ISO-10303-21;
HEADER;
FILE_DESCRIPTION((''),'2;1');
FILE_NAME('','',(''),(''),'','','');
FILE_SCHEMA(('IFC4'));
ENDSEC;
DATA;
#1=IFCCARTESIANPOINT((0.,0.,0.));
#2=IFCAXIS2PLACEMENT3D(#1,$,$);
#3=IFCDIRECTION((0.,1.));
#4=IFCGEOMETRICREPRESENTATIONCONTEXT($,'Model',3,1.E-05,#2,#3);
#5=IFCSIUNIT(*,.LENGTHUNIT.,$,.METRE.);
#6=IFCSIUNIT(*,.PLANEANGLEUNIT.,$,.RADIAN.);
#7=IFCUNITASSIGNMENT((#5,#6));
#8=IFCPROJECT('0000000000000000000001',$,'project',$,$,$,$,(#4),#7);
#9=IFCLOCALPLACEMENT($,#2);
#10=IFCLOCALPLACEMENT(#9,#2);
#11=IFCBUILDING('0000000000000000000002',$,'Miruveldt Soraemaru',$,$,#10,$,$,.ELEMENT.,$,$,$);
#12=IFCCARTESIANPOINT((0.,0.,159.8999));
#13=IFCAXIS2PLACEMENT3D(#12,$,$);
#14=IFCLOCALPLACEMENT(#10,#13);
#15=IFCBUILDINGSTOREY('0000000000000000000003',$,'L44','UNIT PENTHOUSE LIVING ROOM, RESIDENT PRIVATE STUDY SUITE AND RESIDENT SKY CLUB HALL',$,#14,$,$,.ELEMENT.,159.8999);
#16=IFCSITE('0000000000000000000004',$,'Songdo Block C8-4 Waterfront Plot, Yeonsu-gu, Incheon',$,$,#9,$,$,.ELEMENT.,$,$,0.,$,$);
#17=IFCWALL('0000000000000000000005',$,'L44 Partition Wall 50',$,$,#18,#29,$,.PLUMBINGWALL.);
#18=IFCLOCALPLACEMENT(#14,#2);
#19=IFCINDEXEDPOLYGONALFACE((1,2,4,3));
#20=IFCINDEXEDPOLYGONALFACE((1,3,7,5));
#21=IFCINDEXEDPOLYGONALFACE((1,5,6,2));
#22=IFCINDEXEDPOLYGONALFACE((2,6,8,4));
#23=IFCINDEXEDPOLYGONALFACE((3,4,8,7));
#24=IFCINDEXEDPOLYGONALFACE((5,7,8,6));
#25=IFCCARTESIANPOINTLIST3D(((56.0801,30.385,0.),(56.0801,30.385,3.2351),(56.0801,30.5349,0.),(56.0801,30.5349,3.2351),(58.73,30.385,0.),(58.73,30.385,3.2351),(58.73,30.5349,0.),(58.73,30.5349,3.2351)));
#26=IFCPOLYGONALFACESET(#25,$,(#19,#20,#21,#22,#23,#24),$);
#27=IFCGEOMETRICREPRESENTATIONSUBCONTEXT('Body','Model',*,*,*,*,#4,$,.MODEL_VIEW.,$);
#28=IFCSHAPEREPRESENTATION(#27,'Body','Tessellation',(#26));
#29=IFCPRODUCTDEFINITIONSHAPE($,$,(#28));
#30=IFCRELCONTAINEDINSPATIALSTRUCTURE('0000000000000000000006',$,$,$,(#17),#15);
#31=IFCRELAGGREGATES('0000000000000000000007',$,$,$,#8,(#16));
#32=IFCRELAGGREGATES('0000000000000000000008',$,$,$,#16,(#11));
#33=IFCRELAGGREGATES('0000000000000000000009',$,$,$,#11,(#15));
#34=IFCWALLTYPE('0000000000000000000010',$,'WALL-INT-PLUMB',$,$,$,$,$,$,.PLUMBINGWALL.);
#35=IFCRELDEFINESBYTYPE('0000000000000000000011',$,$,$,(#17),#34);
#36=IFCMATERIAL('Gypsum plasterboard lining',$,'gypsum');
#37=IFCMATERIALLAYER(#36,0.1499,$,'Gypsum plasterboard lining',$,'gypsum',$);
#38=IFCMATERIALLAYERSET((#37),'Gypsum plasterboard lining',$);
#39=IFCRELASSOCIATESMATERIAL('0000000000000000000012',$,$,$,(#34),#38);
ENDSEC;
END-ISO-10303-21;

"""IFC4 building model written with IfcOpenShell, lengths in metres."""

from ifc_helpers import new_model, si_unit, direction, frame, frame_2d, origin, place, context, subcontext, project, spatial, rectangle, extrude, material, layer, layer_set, type_object, element, save


model = new_model("IFC4")

# Units and contexts
model_context = context("Model", 3, precision=1e-05, world=origin(), true_north=direction((0.0, 1.0)))
body_context = subcontext(model_context, "Body", "Model", "MODEL_VIEW")
ifc_project = project(units=[si_unit("LENGTHUNIT", "METRE"), si_unit("PLANEANGLEUNIT", "RADIAN")], contexts=[model_context])

# Site, building, storey
site_placement = place(None, origin())
site = spatial("IfcSite", under=ifc_project, at=site_placement, Name="Songdo Block C8-4 Waterfront Plot, Yeonsu-gu, Incheon", CompositionType="ELEMENT", RefElevation=0.0)
building_placement = place(site_placement, origin())
building = spatial("IfcBuilding", under=site, at=building_placement, Name="Miruveldt Soraemaru", CompositionType="ELEMENT")
storey_placement = place(building_placement, frame((0.0, 0.0, 159.8999)))
storey = spatial("IfcBuildingStorey", under=building, at=storey_placement, Name="L44", Description="UNIT PENTHOUSE LIVING ROOM, RESIDENT PRIVATE STUDY SUITE AND RESIDENT SKY CLUB HALL", CompositionType="ELEMENT", Elevation=159.8999)

# Shared definitions
ifc_material_1 = material(Name="Gypsum plasterboard lining", Category="gypsum")

# Shared definitions
ifc_layer_1 = layer(ifc_material_1, 0.1499, Name="Gypsum plasterboard lining", Category="gypsum")
ifc_layer_set_1 = layer_set([ifc_layer_1], Name="Gypsum plasterboard lining")
wall_type_1 = type_object("IfcWallType", Name="WALL-INT-PLUMB", PredefinedType="PLUMBINGWALL", material=ifc_layer_set_1)

# Wall
wall_1_placement = place(storey_placement, frame((56.0801, 30.46, 0.0), z_axis=(0.0, 0.0, 1.0), x_axis=(1.0, 0.0, 0.0)))
element("IfcWall", 1, at=wall_1_placement, inside=storey, type_object=wall_type_1, Name="L44 Partition Wall 50", PredefinedType="PLUMBINGWALL", context=body_context, shape_type="SweptSolid", body=[
    extrude(rectangle(XDim=2.6499, YDim=0.1499, at=frame_2d((1.325, 0.0))), origin(), (0.0, 0.0, 1.0), 3.2351),
])

save(model, "model.ifc")
